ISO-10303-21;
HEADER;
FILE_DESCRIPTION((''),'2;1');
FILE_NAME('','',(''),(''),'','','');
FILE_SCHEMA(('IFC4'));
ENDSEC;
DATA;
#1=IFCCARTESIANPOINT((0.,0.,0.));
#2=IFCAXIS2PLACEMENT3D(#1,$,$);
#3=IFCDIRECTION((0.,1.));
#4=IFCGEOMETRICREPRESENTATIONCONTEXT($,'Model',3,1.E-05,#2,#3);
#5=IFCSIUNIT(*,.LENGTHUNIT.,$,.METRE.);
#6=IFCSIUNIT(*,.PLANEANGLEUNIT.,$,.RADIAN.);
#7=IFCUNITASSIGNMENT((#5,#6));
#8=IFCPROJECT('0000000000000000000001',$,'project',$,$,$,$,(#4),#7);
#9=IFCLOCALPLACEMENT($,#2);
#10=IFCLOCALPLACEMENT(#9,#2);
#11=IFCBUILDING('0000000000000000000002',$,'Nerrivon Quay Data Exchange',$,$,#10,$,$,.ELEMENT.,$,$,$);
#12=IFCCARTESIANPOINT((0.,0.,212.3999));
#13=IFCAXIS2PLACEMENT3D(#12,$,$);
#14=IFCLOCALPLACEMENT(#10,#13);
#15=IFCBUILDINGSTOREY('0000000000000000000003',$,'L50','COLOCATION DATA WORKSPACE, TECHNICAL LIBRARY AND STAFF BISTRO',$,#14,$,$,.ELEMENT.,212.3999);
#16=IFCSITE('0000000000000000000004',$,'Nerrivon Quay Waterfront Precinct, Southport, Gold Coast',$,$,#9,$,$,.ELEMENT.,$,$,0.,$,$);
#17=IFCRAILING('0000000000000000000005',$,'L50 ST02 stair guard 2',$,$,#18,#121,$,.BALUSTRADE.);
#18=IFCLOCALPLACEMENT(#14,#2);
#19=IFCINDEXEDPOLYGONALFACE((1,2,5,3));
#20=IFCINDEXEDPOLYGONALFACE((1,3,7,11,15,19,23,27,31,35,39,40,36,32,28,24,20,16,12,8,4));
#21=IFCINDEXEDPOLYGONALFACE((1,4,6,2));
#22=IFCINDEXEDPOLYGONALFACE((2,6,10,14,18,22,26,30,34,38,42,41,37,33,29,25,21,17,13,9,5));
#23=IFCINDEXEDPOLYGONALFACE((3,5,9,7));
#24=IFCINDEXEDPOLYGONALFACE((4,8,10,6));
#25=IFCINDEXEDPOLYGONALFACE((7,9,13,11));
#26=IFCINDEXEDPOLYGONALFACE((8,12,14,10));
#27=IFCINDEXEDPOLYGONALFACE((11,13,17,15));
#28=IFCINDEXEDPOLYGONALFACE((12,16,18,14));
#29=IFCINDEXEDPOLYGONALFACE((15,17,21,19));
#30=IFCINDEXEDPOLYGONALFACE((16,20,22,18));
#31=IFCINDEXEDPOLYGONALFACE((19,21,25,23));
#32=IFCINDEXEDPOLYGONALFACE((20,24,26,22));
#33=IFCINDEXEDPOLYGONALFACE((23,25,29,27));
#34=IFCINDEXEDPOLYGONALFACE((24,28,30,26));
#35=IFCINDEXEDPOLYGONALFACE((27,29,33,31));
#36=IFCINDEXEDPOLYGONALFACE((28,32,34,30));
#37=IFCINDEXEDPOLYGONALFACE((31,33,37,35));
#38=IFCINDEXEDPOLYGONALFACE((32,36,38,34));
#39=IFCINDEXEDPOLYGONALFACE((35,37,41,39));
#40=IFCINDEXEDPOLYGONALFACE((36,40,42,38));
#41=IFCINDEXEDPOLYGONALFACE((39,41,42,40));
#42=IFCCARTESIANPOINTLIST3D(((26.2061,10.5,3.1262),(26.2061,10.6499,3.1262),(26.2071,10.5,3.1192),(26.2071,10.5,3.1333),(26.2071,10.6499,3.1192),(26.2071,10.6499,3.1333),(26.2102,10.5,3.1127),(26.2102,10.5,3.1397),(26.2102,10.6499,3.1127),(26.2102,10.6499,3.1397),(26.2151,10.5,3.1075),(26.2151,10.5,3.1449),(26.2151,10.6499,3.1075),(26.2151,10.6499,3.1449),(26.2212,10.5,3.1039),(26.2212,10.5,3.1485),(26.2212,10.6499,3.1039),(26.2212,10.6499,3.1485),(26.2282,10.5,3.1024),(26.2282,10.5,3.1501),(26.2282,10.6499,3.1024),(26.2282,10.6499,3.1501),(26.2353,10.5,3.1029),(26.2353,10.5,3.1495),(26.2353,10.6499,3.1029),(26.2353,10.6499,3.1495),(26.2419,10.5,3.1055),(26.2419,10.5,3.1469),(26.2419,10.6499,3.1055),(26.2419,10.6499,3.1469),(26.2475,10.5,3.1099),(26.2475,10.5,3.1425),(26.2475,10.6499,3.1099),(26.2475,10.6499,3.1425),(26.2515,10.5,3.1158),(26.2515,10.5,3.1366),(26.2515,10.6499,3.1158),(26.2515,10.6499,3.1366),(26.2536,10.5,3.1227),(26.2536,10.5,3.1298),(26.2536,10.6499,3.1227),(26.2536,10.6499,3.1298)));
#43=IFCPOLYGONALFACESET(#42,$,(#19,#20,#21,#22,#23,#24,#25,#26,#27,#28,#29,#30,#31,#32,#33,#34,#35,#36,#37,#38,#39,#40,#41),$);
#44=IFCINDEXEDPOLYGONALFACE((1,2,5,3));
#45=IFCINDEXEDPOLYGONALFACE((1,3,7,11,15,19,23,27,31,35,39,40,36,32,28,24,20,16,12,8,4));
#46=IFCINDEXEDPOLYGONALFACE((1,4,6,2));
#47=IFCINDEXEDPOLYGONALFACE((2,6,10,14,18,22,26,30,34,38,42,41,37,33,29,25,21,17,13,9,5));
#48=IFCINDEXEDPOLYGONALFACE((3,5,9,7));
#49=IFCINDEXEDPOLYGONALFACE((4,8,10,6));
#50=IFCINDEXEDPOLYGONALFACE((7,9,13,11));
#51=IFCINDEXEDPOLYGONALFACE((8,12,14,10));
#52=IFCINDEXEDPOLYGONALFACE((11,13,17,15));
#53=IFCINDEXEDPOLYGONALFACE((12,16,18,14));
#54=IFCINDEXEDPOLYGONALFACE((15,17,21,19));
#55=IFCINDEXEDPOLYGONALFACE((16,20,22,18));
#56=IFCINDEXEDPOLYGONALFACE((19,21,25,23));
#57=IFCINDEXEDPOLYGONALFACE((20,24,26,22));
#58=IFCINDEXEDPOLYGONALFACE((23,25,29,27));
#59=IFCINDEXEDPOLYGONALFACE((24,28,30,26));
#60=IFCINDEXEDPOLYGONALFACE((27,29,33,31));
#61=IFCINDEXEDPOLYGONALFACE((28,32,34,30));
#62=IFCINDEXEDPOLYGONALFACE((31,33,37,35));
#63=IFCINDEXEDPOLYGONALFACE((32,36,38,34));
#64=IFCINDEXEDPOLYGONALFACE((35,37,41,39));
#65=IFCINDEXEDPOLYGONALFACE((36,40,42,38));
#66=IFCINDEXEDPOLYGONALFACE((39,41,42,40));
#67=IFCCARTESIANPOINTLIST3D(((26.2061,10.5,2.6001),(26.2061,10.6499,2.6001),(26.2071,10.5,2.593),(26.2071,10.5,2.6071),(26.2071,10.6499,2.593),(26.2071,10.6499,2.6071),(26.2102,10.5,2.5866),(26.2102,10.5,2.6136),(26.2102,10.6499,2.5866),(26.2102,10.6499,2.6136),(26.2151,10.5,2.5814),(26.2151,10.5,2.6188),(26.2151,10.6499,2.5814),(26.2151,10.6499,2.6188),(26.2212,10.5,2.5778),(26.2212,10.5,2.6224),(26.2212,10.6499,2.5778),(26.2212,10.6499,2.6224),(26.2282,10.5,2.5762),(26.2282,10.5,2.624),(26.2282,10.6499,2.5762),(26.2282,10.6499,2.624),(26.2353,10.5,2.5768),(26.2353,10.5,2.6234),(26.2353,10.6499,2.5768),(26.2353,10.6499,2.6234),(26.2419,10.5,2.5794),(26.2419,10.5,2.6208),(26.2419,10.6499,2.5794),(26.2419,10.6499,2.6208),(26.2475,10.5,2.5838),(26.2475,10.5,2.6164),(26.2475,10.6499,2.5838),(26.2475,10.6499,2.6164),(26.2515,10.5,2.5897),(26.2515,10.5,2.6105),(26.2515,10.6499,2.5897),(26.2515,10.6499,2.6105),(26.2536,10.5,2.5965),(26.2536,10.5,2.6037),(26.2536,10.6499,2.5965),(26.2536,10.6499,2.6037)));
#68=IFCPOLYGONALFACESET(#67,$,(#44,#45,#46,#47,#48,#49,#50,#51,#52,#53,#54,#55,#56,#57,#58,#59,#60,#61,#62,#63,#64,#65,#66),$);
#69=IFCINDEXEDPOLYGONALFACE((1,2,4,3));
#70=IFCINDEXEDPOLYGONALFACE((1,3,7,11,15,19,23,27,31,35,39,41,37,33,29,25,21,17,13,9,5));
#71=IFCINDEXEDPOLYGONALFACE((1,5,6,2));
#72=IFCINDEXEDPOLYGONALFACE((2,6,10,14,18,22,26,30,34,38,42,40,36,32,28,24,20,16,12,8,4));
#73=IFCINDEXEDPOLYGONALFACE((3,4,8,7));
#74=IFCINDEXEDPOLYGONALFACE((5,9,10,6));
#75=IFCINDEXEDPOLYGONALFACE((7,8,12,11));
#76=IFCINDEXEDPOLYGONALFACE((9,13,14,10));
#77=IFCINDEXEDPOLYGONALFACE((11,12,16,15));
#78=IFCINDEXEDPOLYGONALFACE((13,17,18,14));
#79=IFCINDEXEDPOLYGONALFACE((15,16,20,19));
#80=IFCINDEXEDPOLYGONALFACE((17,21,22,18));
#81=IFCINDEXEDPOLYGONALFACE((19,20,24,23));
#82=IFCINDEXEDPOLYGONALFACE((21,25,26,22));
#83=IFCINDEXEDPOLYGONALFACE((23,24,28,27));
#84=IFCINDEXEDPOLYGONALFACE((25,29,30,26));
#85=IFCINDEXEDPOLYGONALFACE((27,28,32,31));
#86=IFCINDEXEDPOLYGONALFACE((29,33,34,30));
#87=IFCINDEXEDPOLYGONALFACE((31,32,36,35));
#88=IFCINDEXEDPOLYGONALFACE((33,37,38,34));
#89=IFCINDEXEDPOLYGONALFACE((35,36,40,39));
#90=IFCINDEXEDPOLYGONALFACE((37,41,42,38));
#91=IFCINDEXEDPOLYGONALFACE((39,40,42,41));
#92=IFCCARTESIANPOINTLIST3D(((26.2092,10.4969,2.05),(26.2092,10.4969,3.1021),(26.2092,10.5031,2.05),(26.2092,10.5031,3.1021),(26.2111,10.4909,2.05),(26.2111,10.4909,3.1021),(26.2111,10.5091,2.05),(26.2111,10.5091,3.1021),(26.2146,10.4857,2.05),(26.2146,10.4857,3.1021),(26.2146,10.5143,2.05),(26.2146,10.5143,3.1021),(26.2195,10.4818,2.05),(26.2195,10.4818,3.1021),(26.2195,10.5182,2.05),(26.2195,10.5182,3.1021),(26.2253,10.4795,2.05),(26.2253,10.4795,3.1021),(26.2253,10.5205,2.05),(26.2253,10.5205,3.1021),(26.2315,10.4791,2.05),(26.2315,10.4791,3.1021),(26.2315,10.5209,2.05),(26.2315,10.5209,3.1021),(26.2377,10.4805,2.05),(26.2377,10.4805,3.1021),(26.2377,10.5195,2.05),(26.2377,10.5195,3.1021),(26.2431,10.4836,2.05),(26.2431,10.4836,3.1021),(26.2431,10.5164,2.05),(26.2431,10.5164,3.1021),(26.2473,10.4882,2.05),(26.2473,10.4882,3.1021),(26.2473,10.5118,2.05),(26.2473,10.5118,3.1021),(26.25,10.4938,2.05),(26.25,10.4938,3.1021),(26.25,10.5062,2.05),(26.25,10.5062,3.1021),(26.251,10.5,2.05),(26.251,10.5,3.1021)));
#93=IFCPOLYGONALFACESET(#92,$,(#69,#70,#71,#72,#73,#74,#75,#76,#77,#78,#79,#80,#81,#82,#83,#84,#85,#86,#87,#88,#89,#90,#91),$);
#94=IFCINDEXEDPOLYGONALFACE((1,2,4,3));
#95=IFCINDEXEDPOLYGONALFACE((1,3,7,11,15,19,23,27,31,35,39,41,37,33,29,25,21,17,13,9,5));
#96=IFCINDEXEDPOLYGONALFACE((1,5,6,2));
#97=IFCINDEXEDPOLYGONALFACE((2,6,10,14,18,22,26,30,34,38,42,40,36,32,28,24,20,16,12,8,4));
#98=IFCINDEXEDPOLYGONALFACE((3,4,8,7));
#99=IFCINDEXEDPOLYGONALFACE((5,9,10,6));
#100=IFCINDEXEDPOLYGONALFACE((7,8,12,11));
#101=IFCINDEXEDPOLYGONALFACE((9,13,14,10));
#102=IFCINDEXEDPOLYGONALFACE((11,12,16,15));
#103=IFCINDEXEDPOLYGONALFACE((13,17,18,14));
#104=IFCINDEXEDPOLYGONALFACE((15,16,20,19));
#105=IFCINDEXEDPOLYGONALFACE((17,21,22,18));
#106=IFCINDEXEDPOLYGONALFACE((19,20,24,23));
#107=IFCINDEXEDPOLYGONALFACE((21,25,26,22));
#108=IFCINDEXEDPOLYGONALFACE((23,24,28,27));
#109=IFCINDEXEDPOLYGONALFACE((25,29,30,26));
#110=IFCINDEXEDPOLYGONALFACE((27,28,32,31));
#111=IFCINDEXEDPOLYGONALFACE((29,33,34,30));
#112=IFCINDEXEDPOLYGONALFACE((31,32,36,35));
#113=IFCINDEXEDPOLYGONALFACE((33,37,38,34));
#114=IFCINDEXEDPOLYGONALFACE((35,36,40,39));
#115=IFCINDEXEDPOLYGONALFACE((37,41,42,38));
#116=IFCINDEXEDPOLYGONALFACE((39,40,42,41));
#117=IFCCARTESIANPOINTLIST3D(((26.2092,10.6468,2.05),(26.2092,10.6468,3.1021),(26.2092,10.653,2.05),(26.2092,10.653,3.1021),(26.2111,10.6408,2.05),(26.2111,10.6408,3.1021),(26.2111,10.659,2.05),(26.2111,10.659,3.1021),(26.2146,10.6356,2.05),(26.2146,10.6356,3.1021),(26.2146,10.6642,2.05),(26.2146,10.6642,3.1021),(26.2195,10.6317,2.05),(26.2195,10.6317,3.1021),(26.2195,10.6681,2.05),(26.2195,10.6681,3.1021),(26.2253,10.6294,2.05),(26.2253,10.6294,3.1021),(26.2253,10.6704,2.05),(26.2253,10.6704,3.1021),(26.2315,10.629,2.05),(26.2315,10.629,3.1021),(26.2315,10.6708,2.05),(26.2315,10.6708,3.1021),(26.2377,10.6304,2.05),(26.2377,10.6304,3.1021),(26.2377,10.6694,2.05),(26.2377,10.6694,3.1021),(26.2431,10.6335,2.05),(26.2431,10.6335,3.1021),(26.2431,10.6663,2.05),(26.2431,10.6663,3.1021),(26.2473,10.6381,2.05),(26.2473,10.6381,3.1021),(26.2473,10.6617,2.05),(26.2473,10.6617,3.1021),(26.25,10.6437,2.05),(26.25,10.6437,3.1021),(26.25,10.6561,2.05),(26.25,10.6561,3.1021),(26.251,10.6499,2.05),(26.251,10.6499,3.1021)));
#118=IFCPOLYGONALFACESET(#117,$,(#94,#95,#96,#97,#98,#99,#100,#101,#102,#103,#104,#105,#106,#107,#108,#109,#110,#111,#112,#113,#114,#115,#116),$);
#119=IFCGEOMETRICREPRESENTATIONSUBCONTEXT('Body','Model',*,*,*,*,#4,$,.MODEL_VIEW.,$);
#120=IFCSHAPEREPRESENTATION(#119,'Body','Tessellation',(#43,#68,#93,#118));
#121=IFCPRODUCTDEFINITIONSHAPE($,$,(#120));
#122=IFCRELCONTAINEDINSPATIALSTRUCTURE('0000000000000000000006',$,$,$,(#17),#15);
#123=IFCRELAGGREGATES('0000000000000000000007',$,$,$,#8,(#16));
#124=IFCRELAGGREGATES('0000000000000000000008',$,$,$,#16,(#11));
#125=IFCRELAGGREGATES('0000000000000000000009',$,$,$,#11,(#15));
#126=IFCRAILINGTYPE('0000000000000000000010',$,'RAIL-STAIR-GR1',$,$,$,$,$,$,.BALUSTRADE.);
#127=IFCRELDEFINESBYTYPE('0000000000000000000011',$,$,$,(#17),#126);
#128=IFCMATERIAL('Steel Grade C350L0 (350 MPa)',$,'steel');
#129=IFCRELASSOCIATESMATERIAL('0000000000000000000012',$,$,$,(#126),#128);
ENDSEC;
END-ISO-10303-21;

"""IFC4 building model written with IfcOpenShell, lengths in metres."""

from ifc_helpers import new_model, si_unit, direction, frame, origin, origin_2d, place, context, subcontext, project, spatial, circle, extrude, material, type_object, element, save


model = new_model("IFC4")

# Units and contexts
model_context = context("Model", 3, precision=1e-05, world=origin(), true_north=direction((0.0, 1.0)))
body_context = subcontext(model_context, "Body", "Model", "MODEL_VIEW")
ifc_project = project(units=[si_unit("LENGTHUNIT", "METRE"), si_unit("PLANEANGLEUNIT", "RADIAN")], contexts=[model_context])

# Site, building, storey
site_placement = place(None, origin())
site = spatial("IfcSite", under=ifc_project, at=site_placement, Name="Nerrivon Quay Waterfront Precinct, Southport, Gold Coast", CompositionType="ELEMENT", RefElevation=0.0)
building_placement = place(site_placement, origin())
building = spatial("IfcBuilding", under=site, at=building_placement, Name="Nerrivon Quay Data Exchange", CompositionType="ELEMENT")
storey_placement = place(building_placement, frame((0.0, 0.0, 212.3999)))
storey = spatial("IfcBuildingStorey", under=building, at=storey_placement, Name="L50", Description="COLOCATION DATA WORKSPACE, TECHNICAL LIBRARY AND STAFF BISTRO", CompositionType="ELEMENT", Elevation=212.3999)

# Shared definitions
ifc_material_1 = material(Name="Steel Grade C350L0 (350 MPa)", Category="steel")

# Railing
railing_type_1 = type_object("IfcRailingType", Name="RAIL-STAIR-GR1", PredefinedType="BALUSTRADE", material=ifc_material_1)
railing_1_placement = place(storey_placement, frame((26.23, 10.5, 2.05)))
element("IfcRailing", 1, at=railing_1_placement, inside=storey, type_object=railing_type_1, Name="L50 ST02 stair guard 2", PredefinedType="BALUSTRADE", context=body_context, shape_type="SweptSolid", body=[
    extrude(circle(Radius=0.0239, at=origin_2d()), frame((0.0, 0.0, 1.0762), z_axis=(0.0, 1.0, 0.0), x_axis=(-1.0, 0.0, 0.0)), (0.0, 0.0, 1.0), 0.1499),
    extrude(circle(Radius=0.0239, at=origin_2d()), frame((0.0, 0.0, 0.55), z_axis=(0.0, 1.0, 0.0), x_axis=(-1.0, 0.0, 0.0)), (0.0, 0.0, 1.0), 0.1499),
    extrude(circle(Radius=0.021, at=origin_2d()), origin(), (0.0, 0.0, 1.0), 1.052),
    extrude(circle(Radius=0.021, at=origin_2d()), frame((0.0, 0.1499, 0.0)), (0.0, 0.0, 1.0), 1.052),
])

save(model, "model.ifc")
